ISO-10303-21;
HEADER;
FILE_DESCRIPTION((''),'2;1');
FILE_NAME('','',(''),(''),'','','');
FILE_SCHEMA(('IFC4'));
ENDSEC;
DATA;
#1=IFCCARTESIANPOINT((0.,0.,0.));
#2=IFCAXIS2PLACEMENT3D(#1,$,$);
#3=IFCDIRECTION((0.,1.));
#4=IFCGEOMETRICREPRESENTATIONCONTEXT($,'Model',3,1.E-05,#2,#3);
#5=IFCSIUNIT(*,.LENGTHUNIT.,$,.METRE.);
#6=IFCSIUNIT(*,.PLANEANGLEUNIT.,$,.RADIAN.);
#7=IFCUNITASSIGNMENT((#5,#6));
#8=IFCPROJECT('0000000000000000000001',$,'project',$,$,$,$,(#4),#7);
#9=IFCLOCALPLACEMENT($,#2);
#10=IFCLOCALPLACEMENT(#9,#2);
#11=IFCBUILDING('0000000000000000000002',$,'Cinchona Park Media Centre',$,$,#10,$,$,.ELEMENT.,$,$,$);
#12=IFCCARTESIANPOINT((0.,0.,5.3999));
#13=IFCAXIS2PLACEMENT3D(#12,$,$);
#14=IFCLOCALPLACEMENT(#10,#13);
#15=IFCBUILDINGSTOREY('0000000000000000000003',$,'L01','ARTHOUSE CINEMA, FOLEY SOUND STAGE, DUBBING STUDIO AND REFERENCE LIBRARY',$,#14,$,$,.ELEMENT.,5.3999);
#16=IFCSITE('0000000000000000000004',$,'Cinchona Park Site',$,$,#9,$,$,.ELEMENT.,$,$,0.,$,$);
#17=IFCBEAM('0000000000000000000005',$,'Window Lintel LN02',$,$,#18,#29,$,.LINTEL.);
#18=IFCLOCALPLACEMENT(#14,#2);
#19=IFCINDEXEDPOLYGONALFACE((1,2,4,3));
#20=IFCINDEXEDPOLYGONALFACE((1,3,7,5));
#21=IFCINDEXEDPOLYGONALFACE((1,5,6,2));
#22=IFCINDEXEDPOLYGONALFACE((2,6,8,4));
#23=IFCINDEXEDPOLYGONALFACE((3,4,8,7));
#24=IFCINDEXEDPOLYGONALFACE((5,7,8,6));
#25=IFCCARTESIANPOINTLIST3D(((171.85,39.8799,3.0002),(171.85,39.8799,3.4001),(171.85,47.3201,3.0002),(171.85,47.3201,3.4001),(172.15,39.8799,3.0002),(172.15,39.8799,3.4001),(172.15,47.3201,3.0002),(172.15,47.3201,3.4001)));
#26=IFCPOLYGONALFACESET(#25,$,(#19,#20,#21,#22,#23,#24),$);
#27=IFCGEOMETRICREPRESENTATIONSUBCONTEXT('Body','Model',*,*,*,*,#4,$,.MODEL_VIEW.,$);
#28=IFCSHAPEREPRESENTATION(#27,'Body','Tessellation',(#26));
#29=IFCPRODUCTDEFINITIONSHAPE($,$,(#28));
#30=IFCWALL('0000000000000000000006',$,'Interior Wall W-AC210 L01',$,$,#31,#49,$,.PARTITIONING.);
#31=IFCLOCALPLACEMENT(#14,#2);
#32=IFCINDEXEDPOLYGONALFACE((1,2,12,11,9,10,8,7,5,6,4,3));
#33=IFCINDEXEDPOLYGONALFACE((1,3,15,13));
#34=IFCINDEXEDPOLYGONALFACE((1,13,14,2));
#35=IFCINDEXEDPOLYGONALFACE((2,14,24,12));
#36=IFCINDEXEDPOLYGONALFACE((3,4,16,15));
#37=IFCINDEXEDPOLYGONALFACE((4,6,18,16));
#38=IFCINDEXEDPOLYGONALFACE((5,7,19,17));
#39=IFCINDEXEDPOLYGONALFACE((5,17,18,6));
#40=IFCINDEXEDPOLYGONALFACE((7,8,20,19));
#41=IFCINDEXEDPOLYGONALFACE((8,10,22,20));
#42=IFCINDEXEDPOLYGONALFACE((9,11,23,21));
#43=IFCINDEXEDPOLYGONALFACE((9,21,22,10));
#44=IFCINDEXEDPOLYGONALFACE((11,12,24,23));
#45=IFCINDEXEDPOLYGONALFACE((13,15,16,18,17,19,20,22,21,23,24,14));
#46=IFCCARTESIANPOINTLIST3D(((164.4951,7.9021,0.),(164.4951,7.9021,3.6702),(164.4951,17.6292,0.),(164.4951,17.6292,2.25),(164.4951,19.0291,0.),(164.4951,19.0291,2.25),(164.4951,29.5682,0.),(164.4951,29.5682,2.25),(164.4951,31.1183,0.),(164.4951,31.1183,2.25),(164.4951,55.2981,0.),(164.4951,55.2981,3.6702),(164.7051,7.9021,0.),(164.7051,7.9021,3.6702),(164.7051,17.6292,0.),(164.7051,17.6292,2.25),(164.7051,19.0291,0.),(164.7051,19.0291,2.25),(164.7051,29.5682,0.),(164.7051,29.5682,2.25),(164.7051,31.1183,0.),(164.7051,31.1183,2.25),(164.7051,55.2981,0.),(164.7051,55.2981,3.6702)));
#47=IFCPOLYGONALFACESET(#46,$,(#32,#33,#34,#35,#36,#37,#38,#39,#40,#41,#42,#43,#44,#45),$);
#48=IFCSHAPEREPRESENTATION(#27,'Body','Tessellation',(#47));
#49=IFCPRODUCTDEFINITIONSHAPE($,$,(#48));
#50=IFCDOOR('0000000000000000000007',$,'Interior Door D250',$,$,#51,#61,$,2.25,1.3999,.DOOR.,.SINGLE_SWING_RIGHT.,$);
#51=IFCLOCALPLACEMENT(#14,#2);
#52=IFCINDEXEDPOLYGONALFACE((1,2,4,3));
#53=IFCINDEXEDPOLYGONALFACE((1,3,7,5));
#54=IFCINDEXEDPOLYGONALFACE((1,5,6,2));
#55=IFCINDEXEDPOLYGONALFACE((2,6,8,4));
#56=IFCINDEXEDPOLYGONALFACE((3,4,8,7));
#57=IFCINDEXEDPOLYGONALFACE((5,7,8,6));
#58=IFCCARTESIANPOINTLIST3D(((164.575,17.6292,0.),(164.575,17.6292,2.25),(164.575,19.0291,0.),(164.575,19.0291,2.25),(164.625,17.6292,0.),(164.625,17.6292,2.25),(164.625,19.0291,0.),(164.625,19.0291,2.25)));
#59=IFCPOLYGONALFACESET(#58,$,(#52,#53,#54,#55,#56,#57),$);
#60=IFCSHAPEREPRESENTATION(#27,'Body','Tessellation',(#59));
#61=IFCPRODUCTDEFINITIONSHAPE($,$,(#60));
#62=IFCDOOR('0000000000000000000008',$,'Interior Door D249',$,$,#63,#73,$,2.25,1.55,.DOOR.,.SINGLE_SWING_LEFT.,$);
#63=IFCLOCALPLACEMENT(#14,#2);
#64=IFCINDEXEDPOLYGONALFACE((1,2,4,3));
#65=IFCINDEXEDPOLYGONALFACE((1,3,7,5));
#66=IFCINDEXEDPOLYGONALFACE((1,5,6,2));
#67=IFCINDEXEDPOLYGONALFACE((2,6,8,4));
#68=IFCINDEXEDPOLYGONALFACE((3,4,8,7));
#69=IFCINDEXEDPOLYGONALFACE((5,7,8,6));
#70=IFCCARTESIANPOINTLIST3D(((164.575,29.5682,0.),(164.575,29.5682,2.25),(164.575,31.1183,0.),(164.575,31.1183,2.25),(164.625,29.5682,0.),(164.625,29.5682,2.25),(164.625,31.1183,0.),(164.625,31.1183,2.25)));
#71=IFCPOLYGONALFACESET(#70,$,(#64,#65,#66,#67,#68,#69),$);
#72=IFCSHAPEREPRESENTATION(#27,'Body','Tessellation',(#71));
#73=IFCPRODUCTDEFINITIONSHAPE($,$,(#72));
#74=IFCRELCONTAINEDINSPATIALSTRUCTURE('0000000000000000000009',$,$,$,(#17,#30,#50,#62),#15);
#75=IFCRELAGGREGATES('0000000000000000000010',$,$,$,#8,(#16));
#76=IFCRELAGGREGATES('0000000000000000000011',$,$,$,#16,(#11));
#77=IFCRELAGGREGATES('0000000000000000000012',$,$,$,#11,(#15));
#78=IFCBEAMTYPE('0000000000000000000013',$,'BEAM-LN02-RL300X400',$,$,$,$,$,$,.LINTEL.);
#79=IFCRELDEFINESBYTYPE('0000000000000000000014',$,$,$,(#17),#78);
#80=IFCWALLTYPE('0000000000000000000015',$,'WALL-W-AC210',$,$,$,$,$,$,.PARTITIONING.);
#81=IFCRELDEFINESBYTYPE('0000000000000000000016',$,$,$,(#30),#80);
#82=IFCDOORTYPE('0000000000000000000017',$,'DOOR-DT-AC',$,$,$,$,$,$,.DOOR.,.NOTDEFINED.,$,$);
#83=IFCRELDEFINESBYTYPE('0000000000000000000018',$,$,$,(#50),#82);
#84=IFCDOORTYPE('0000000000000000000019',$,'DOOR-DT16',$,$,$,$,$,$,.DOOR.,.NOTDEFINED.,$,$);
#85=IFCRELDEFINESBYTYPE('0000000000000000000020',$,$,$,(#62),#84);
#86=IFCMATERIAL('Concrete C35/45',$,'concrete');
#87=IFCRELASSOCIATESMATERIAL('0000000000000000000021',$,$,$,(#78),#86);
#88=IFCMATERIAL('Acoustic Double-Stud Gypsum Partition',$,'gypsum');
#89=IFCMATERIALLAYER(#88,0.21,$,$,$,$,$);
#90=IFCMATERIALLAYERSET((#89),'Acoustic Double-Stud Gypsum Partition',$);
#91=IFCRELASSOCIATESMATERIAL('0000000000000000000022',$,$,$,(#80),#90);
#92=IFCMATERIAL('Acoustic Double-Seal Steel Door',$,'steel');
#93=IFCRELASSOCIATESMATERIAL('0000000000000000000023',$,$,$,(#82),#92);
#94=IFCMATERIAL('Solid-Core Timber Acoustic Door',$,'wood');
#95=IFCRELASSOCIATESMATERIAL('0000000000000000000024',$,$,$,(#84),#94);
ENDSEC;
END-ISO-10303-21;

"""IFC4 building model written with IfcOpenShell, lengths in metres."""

from ifc_helpers import new_model, si_unit, direction, frame, frame_2d, origin, origin_2d, place, context, subcontext, project, spatial, rectangle, extrude, material, layer, layer_set, material_profile, profile_set, type_object, element, fill, save


model = new_model("IFC4")

# Units and contexts
model_context = context("Model", 3, precision=1e-05, world=origin(), true_north=direction((0.0, 1.0)))
body_context = subcontext(model_context, "Body", "Model", "MODEL_VIEW")
ifc_project = project(units=[si_unit("LENGTHUNIT", "METRE"), si_unit("PLANEANGLEUNIT", "RADIAN")], contexts=[model_context])

# Site, building, storey
site_placement = place(None, origin())
site = spatial("IfcSite", under=ifc_project, at=site_placement, Name="Cinchona Park Site", CompositionType="ELEMENT", RefElevation=0.0)
building_placement = place(site_placement, origin())
building = spatial("IfcBuilding", under=site, at=building_placement, Name="Cinchona Park Media Centre", CompositionType="ELEMENT")
storey_placement = place(building_placement, frame((0.0, 0.0, 5.3999)))
storey = spatial("IfcBuildingStorey", under=building, at=storey_placement, Name="L01", Description="ARTHOUSE CINEMA, FOLEY SOUND STAGE, DUBBING STUDIO AND REFERENCE LIBRARY", CompositionType="ELEMENT", Elevation=5.3999)

# Beam
ifc_material_1 = material(Name="Concrete C35/45", Category="concrete")
ifc_material_profile_1 = material_profile(ifc_material_1, rectangle(XDim=0.3, YDim=0.3999, at=origin_2d()), Name="RL 300X400")
ifc_profile_set_1 = profile_set([ifc_material_profile_1], Name="Concrete C35/45")
beam_type_1 = type_object("IfcBeamType", Name="BEAM-LN02-RL300X400", PredefinedType="LINTEL", material=ifc_profile_set_1)
beam_1_placement = place(storey_placement, frame((172.0, 47.3201, 3.2002), z_axis=(0.0, -1.0, 0.0), x_axis=(1.0, 0.0, 0.0)))
element("IfcBeam", 1, at=beam_1_placement, inside=storey, type_object=beam_type_1, Name="Window Lintel LN02", PredefinedType="LINTEL", context=body_context, shape_type="SweptSolid", body=[
    extrude(rectangle(XDim=0.3, YDim=0.3999, at=origin_2d()), origin(), (0.0, 0.0, 1.0), 7.4402),
])

# Wall, openings, doors
ifc_material_2 = material(Name="Acoustic Double-Stud Gypsum Partition", Category="gypsum")
ifc_layer = layer(ifc_material_2, 0.21)
ifc_layer_set = layer_set([ifc_layer], Name="Acoustic Double-Stud Gypsum Partition")
wall_type = type_object("IfcWallType", Name="WALL-W-AC210", PredefinedType="PARTITIONING", material=ifc_layer_set)
wall_placement = place(storey_placement, frame((164.6001, 55.2981, 0.0), z_axis=(0.0, 0.0, 1.0), x_axis=(0.0, -1.0, 0.0)))
wall = element("IfcWall", 2, at=wall_placement, inside=storey, type_object=wall_type, Name="Interior Wall W-AC210 L01", PredefinedType="PARTITIONING", context=body_context, shape_type="SweptSolid", body=[
    extrude(rectangle(XDim=47.396, YDim=0.21, at=frame_2d((23.698, 0.0))), origin(), (0.0, 0.0, 1.0), 3.6702),
])
opening_1_placement = place(wall_placement, frame((24.1799, 0.0, 0.0)))
opening_1 = element("IfcOpeningElement", 3, at=opening_1_placement, cuts=wall, PredefinedType="OPENING", context=body_context, shape_type="SweptSolid", body=[
    extrude(rectangle(XDim=1.55, YDim=2.25, at=frame_2d((0.7749, 1.125))), frame((0.0, 0.115, 0.0), z_axis=(0.0, -1.0, 0.0), x_axis=(1.0, 0.0, 0.0)), (0.0, 0.0, 1.0), 0.23),
])
opening_2_placement = place(wall_placement, frame((36.269, 0.0, 0.0)))
opening_2 = element("IfcOpeningElement", 4, at=opening_2_placement, cuts=wall, PredefinedType="OPENING", context=body_context, shape_type="SweptSolid", body=[
    extrude(rectangle(XDim=1.3999, YDim=2.25, at=frame_2d((0.7, 1.125))), frame((0.0, 0.115, 0.0), z_axis=(0.0, -1.0, 0.0), x_axis=(1.0, 0.0, 0.0)), (0.0, 0.0, 1.0), 0.23),
])
ifc_material_3 = material(Name="Acoustic Double-Seal Steel Door", Category="steel")
door_type_1 = type_object("IfcDoorType", Name="DOOR-DT-AC", OperationType="NOTDEFINED", PredefinedType="DOOR", material=ifc_material_3)
door_1_placement = place(opening_2_placement, origin())
door_1 = element("IfcDoor", 5, at=door_1_placement, inside=storey, type_object=door_type_1, Name="Interior Door D250", OperationType="SINGLE_SWING_RIGHT", OverallHeight=2.25, OverallWidth=1.3999, PredefinedType="DOOR", context=body_context, shape_type="SweptSolid", body=[
    extrude(rectangle(XDim=1.3999, YDim=2.25, at=frame_2d((0.7, 1.125))), frame((0.0, 0.0249, 0.0), z_axis=(0.0, -1.0, 0.0), x_axis=(1.0, 0.0, 0.0)), (0.0, 0.0, 1.0), 0.05),
])
fill(opening_2, door_1)
ifc_material_4 = material(Name="Solid-Core Timber Acoustic Door", Category="wood")
door_type_2 = type_object("IfcDoorType", Name="DOOR-DT16", OperationType="NOTDEFINED", PredefinedType="DOOR", material=ifc_material_4)
door_2_placement = place(opening_1_placement, origin())
door_2 = element("IfcDoor", 6, at=door_2_placement, inside=storey, type_object=door_type_2, Name="Interior Door D249", OperationType="SINGLE_SWING_LEFT", OverallHeight=2.25, OverallWidth=1.55, PredefinedType="DOOR", context=body_context, shape_type="SweptSolid", body=[
    extrude(rectangle(XDim=1.55, YDim=2.25, at=frame_2d((0.7749, 1.125))), frame((0.0, 0.0249, 0.0), z_axis=(0.0, -1.0, 0.0), x_axis=(1.0, 0.0, 0.0)), (0.0, 0.0, 1.0), 0.05),
])
fill(opening_1, door_2)

save(model, "model.ifc")
